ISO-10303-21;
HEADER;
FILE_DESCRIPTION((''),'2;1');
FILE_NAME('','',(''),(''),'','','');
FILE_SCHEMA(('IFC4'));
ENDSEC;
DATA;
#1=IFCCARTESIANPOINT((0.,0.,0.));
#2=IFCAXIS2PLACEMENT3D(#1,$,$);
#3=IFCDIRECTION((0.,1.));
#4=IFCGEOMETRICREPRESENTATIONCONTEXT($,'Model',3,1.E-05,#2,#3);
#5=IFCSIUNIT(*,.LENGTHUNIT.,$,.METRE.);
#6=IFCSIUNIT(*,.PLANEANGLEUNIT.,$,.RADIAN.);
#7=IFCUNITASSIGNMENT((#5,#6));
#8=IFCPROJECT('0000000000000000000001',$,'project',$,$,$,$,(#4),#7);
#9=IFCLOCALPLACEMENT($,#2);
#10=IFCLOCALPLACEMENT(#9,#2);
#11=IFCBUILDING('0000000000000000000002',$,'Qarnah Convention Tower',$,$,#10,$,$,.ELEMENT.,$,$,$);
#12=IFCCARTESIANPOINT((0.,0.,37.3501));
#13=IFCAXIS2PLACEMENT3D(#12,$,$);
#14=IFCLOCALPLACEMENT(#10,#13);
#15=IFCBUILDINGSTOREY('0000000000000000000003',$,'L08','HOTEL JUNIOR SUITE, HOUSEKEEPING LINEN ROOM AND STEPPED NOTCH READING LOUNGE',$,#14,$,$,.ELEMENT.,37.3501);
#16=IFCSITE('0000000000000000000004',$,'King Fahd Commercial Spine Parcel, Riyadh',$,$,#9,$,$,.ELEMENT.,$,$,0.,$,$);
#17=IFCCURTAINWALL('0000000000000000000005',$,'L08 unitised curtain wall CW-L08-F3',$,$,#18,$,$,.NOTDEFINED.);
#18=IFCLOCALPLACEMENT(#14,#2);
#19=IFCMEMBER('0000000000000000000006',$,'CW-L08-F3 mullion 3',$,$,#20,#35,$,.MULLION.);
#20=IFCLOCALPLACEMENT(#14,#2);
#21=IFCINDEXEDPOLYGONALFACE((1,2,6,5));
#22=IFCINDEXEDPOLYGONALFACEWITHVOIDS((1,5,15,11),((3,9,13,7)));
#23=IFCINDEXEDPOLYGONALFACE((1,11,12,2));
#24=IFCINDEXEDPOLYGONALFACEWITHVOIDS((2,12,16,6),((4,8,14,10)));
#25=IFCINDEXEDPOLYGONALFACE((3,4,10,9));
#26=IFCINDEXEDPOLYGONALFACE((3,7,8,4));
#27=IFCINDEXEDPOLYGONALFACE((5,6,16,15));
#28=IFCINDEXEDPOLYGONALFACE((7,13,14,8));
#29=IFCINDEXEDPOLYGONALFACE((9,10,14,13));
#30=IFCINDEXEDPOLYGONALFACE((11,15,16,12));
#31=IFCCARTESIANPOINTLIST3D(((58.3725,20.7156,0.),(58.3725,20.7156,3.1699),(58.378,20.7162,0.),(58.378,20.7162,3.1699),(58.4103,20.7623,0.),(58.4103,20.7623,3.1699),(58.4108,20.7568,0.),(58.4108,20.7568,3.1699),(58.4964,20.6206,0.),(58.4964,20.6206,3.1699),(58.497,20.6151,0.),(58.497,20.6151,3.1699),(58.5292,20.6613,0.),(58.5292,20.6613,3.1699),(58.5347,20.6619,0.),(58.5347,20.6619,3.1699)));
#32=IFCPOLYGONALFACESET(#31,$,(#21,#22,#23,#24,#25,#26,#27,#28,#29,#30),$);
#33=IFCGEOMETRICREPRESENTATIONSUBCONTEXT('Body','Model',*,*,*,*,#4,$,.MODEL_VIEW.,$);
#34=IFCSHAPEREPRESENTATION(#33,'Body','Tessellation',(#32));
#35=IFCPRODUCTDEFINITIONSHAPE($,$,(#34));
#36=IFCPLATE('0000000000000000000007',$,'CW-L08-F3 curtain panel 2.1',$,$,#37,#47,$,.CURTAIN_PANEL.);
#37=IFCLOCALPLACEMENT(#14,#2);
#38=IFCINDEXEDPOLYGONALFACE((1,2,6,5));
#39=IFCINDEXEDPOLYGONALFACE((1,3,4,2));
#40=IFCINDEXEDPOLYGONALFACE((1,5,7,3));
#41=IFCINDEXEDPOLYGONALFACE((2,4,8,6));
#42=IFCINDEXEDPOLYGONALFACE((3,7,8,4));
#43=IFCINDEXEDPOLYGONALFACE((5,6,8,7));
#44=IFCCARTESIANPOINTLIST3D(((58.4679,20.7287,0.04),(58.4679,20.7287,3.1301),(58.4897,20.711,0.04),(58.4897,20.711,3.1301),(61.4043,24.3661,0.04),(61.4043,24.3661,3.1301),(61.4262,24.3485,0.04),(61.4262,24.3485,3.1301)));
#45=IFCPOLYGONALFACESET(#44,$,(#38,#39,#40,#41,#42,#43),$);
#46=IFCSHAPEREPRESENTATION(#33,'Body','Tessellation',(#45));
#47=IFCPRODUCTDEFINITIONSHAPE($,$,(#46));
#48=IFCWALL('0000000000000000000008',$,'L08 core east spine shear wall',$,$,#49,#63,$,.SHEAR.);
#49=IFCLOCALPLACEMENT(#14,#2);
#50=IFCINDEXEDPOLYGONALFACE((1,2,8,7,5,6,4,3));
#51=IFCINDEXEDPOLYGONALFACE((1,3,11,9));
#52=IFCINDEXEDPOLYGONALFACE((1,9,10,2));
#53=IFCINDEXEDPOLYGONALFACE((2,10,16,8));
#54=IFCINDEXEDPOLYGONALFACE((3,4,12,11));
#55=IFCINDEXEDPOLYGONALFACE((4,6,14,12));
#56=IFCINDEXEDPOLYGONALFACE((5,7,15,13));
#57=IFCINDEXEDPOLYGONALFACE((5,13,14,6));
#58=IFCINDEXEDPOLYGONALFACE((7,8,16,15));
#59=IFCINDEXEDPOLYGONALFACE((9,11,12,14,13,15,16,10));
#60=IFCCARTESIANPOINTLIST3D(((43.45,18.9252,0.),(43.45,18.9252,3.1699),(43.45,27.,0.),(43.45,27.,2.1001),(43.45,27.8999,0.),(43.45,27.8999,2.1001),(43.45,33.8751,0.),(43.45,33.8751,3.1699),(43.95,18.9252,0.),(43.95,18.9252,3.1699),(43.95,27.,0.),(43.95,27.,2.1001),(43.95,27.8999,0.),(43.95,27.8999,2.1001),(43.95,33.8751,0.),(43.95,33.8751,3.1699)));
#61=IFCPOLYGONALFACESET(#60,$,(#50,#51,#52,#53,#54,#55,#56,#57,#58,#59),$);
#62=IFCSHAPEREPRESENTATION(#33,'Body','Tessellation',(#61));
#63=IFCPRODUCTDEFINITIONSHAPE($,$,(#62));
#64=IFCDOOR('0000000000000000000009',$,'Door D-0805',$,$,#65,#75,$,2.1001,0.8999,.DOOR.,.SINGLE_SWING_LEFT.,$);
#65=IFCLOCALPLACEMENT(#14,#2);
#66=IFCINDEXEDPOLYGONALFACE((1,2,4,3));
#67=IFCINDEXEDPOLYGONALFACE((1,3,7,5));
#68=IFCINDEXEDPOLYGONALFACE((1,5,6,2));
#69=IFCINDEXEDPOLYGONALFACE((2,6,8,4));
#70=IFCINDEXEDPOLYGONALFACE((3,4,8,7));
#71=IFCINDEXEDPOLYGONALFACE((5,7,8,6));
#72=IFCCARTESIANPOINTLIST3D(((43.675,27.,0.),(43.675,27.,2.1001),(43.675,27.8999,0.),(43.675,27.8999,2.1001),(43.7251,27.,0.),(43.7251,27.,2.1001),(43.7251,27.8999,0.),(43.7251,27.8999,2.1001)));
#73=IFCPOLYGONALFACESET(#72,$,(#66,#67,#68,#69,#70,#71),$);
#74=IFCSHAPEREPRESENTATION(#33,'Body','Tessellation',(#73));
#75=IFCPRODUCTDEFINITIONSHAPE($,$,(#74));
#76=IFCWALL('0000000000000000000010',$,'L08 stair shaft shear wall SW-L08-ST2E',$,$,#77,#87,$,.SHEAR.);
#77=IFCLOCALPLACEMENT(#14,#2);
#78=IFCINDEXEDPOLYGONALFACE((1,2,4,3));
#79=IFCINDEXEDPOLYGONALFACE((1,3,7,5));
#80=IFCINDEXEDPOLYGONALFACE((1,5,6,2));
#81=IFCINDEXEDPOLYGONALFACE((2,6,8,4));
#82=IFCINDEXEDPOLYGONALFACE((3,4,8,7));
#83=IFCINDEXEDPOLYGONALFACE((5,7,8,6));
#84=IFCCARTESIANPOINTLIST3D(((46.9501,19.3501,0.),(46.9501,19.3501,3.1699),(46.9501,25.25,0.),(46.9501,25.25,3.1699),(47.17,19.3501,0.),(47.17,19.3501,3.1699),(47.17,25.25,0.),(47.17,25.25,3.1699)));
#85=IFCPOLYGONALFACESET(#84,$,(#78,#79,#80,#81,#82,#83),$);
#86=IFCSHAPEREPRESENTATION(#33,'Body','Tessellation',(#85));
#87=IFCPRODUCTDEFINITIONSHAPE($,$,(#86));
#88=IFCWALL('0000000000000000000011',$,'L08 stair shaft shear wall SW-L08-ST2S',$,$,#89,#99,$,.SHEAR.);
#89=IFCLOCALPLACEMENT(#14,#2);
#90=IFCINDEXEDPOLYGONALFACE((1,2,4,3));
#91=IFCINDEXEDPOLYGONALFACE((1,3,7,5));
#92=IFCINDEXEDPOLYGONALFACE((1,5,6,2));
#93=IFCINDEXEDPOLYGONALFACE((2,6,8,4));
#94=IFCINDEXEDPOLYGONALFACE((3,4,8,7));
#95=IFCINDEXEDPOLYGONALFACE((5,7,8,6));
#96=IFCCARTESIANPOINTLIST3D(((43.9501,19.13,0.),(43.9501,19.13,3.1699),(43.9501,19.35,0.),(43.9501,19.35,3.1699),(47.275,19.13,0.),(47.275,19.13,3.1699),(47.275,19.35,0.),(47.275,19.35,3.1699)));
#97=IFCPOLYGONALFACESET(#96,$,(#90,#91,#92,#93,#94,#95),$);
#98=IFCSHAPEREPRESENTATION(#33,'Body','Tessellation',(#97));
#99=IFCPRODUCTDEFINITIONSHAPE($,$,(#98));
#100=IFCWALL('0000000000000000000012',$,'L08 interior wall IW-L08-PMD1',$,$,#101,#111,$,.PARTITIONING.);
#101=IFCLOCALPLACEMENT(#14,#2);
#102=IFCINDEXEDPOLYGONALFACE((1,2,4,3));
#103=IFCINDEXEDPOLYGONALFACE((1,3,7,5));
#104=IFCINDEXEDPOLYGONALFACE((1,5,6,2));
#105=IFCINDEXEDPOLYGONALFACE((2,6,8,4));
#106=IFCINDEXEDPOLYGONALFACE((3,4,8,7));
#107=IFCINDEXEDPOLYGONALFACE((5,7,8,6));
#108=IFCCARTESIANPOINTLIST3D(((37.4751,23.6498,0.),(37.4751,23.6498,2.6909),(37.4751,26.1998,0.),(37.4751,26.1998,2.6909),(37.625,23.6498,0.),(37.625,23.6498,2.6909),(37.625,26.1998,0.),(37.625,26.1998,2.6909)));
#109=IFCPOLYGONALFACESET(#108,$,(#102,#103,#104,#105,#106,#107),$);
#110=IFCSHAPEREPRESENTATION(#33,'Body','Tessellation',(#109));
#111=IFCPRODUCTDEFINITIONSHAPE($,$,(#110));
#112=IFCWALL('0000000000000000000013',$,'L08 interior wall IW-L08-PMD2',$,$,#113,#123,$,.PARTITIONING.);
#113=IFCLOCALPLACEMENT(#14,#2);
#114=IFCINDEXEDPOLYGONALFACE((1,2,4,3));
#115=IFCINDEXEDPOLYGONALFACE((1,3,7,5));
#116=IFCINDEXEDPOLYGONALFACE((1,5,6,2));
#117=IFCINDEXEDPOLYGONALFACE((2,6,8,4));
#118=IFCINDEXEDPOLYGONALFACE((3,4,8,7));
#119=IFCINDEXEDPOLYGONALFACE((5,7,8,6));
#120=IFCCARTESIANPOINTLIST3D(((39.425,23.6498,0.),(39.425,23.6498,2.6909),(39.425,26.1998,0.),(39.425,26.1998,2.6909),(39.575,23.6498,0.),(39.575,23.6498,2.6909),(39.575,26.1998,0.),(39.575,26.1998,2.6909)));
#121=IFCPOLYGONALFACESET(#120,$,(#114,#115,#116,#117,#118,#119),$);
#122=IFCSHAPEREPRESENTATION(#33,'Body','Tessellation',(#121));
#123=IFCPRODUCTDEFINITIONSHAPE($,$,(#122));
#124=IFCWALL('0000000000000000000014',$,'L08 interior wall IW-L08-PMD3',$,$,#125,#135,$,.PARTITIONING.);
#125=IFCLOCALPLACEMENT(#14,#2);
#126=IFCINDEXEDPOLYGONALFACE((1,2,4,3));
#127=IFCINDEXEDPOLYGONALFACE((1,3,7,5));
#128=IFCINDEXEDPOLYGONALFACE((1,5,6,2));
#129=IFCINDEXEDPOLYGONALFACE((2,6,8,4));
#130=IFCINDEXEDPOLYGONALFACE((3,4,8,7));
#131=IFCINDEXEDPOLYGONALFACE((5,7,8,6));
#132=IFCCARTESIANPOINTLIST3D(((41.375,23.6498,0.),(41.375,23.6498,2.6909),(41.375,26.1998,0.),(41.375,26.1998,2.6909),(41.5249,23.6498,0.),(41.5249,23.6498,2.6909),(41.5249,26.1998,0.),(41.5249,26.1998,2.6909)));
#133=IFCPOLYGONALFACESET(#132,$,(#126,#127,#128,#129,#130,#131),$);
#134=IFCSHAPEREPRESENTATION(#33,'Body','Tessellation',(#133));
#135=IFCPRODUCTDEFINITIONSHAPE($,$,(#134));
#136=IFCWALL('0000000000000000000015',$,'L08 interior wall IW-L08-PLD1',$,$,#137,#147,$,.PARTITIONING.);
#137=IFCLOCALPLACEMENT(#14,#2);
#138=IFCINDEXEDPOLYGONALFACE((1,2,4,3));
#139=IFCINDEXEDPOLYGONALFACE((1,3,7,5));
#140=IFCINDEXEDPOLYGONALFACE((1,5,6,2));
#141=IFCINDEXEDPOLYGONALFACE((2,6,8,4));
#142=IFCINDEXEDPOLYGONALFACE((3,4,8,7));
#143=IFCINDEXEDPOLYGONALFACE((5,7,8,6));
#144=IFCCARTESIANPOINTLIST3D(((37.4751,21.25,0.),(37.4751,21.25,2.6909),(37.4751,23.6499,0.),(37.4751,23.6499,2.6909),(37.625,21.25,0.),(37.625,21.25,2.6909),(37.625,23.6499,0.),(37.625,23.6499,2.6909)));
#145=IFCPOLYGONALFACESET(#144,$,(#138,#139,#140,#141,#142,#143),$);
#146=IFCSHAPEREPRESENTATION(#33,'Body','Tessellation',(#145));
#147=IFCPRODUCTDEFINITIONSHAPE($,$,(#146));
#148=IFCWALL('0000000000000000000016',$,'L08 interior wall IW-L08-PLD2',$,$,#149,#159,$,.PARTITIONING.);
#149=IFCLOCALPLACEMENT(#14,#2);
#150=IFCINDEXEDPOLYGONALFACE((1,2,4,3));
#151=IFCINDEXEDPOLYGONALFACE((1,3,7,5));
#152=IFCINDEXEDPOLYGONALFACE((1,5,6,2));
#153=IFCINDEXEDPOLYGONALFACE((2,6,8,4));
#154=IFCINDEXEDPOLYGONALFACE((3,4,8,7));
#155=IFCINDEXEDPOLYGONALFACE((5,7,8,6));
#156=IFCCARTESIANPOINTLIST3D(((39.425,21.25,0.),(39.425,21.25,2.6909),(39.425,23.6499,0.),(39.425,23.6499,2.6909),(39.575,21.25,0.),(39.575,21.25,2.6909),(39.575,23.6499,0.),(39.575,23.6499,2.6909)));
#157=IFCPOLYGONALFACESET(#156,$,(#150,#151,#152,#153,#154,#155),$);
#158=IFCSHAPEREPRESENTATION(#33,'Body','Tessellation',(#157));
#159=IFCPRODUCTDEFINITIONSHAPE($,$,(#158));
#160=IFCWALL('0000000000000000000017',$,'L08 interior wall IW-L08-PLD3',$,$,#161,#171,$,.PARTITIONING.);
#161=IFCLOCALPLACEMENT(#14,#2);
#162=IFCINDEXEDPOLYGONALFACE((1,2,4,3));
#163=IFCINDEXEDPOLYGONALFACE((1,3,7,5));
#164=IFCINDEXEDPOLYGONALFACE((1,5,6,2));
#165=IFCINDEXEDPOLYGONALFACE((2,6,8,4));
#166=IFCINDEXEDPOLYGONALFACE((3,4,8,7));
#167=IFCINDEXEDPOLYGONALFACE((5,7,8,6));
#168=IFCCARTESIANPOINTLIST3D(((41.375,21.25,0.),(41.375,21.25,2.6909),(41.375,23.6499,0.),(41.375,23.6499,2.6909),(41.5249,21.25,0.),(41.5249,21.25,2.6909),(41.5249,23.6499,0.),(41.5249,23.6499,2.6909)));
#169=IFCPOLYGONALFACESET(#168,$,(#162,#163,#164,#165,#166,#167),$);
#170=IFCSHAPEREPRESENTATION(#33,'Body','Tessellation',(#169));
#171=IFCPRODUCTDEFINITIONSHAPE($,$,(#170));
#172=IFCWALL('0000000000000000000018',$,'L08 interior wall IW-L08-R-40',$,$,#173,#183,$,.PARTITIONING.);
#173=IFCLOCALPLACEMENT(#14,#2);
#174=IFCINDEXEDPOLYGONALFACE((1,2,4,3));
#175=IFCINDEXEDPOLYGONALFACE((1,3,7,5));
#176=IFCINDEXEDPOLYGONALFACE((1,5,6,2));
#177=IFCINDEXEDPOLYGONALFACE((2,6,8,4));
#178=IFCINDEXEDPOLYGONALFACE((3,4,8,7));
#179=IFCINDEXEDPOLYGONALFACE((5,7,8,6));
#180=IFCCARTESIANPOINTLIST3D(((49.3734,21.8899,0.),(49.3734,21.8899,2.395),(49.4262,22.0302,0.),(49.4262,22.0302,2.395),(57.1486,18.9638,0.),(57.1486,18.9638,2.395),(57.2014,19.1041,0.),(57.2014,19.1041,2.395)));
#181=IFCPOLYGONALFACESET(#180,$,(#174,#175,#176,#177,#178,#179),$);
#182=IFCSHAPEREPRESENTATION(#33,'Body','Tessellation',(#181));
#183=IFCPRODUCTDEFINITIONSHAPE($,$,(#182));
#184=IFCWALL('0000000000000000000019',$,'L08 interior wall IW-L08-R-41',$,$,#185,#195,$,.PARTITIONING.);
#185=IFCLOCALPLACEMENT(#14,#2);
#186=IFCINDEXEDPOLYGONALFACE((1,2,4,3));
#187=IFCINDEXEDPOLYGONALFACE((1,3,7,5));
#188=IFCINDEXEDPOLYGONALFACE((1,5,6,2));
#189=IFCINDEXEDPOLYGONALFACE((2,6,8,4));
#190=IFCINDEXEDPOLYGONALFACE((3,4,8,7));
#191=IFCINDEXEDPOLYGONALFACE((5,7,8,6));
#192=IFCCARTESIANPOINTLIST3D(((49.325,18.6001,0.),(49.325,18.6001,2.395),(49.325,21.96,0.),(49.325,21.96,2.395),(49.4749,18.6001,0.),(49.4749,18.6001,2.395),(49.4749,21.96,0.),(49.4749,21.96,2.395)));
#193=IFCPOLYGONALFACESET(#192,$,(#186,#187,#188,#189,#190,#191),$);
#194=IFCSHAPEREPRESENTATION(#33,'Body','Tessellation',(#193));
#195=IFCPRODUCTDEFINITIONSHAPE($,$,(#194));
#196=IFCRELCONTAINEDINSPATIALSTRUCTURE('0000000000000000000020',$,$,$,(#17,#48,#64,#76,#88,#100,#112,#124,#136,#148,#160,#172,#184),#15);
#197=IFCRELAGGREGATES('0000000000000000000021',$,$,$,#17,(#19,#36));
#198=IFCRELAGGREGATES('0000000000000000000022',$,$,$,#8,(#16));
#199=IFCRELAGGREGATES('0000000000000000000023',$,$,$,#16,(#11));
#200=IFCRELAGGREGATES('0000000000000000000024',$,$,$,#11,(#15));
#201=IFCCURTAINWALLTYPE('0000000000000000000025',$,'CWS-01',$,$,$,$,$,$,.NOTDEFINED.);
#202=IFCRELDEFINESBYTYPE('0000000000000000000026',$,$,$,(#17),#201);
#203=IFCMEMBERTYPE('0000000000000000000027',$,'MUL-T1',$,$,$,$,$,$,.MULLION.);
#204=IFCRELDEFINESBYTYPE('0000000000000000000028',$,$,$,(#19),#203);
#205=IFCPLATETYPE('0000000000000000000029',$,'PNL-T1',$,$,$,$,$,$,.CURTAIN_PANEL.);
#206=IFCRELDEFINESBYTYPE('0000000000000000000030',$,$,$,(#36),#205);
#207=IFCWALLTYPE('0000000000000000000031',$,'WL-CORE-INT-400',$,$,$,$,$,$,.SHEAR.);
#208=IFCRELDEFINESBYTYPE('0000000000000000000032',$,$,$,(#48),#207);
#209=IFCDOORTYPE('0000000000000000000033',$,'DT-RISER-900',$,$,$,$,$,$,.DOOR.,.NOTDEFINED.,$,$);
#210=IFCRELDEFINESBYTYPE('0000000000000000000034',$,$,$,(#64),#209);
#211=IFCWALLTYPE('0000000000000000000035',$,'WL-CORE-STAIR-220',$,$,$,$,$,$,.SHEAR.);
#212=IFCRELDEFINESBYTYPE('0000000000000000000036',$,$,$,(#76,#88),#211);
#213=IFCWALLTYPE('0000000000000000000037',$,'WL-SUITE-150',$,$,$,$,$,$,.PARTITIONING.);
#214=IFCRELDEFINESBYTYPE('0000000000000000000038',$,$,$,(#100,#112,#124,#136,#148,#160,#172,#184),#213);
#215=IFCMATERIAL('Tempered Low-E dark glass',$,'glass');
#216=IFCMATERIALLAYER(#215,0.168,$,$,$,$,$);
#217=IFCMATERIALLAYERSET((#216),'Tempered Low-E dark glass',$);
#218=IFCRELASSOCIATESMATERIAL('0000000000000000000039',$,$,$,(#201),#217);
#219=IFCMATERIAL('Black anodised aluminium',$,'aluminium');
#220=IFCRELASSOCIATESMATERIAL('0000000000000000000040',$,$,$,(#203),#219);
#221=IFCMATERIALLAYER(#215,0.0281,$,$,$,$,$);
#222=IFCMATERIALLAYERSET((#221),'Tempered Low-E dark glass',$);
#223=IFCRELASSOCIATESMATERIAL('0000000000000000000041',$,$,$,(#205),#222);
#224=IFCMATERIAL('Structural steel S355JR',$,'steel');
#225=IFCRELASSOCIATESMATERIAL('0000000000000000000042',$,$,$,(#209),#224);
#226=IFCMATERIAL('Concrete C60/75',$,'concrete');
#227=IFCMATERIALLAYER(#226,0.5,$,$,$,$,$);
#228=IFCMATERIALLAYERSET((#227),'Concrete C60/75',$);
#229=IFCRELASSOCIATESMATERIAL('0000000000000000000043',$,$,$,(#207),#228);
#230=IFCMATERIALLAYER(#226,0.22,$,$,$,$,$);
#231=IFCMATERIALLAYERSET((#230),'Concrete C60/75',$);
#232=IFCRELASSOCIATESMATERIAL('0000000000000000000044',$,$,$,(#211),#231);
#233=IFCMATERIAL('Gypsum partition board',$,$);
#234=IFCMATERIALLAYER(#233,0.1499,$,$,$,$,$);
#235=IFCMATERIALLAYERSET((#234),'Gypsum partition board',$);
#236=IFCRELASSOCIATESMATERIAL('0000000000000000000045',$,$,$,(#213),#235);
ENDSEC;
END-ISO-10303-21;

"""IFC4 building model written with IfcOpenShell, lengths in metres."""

from ifc_helpers import new_model, si_unit, direction, frame, frame_2d, origin, origin_2d, place, context, subcontext, project, spatial, rectangle, hollow_rectangle, extrude, material, layer, layer_set, material_profile, profile_set, type_object, element, fill, aggregate, save


model = new_model("IFC4")

# Units and contexts
model_context = context("Model", 3, precision=1e-05, world=origin(), true_north=direction((0.0, 1.0)))
body_context = subcontext(model_context, "Body", "Model", "MODEL_VIEW")
ifc_project = project(units=[si_unit("LENGTHUNIT", "METRE"), si_unit("PLANEANGLEUNIT", "RADIAN")], contexts=[model_context])

# Site, building, storey
site_placement = place(None, origin())
site = spatial("IfcSite", under=ifc_project, at=site_placement, Name="King Fahd Commercial Spine Parcel, Riyadh", CompositionType="ELEMENT", RefElevation=0.0)
building_placement = place(site_placement, origin())
building = spatial("IfcBuilding", under=site, at=building_placement, Name="Qarnah Convention Tower", CompositionType="ELEMENT")
storey_placement = place(building_placement, frame((0.0, 0.0, 37.3501)))
storey = spatial("IfcBuildingStorey", under=building, at=storey_placement, Name="L08", Description="HOTEL JUNIOR SUITE, HOUSEKEEPING LINEN ROOM AND STEPPED NOTCH READING LOUNGE", CompositionType="ELEMENT", Elevation=37.3501)

# Shared definitions
ifc_material_1 = material(Name="Concrete C60/75", Category="concrete")
ifc_material_2 = material(Name="Structural steel S355JR", Category="steel")

# Curtain wall, member, plate
ifc_material_3 = material(Name="Tempered Low-E dark glass", Category="glass")
ifc_layer_1 = layer(ifc_material_3, 0.168)
ifc_layer_set_1 = layer_set([ifc_layer_1], Name="Tempered Low-E dark glass")
curtain_wall_type = type_object("IfcCurtainWallType", Name="CWS-01", PredefinedType="NOTDEFINED", material=ifc_layer_set_1)
curtain_wall_placement = place(storey_placement, origin())
curtain_wall = element("IfcCurtainWall", 1, at=curtain_wall_placement, inside=storey, type_object=curtain_wall_type, Name="L08 unitised curtain wall CW-L08-F3", PredefinedType="NOTDEFINED")
ifc_material_4 = material(Name="Black anodised aluminium", Category="aluminium")
ifc_material_profile_1 = material_profile(ifc_material_4, hollow_rectangle(XDim=0.0601, YDim=0.1599, WallThickness=0.0039, at=origin_2d()), Name="MUL-60X160")
ifc_profile_set_1 = profile_set([ifc_material_profile_1], Name="Black anodised aluminium")
member_type = type_object("IfcMemberType", Name="MUL-T1", PredefinedType="MULLION", material=ifc_profile_set_1)
member_1_placement = place(storey_placement, frame((58.4536, 20.6887, 0.0), z_axis=(0.0, 0.0, 1.0), x_axis=(-0.628143, -0.778098, 0.0)))
member_1 = element("IfcMember", 2, at=member_1_placement, type_object=member_type, Name="CW-L08-F3 mullion 3", PredefinedType="MULLION", context=body_context, shape_type="SweptSolid", body=[
    extrude(hollow_rectangle(XDim=0.0601, YDim=0.1599, WallThickness=0.0039, at=origin_2d()), origin(), (0.0, 0.0, 1.0), 3.1699),
])
ifc_layer_2 = layer(ifc_material_3, 0.0281)
ifc_layer_set_2 = layer_set([ifc_layer_2], Name="Tempered Low-E dark glass")
plate_type = type_object("IfcPlateType", Name="PNL-T1", PredefinedType="CURTAIN_PANEL", material=ifc_layer_set_2)
plate_placement = place(storey_placement, frame((59.947, 22.5386, 0.04), z_axis=(0.0, 0.0, 1.0), x_axis=(-0.628143, -0.778098, 0.0)))
plate = element("IfcPlate", 3, at=plate_placement, type_object=plate_type, Name="CW-L08-F3 curtain panel 2.1", PredefinedType="CURTAIN_PANEL", context=body_context, shape_type="SweptSolid", body=[
    extrude(rectangle(XDim=4.6748, YDim=0.0281, at=origin_2d()), origin(), (0.0, 0.0, 1.0), 3.0901),
])
aggregate(curtain_wall, [member_1, plate])

# Shared definitions
door_type_1 = type_object("IfcDoorType", Name="DT-RISER-900", OperationType="NOTDEFINED", PredefinedType="DOOR", material=ifc_material_2)

# Wall, opening, door
ifc_layer_3 = layer(ifc_material_1, 0.5)
ifc_layer_set_3 = layer_set([ifc_layer_3], Name="Concrete C60/75")
wall_type_1 = type_object("IfcWallType", Name="WL-CORE-INT-400", PredefinedType="SHEAR", material=ifc_layer_set_3)
wall_1_placement = place(storey_placement, frame((43.7, 18.925, 0.0), z_axis=(0.0, 0.0, 1.0), x_axis=(0.0, 1.0, 0.0)))
wall_1 = element("IfcWall", 4, at=wall_1_placement, inside=storey, type_object=wall_type_1, Name="L08 core east spine shear wall", PredefinedType="SHEAR", context=body_context, shape_type="SweptSolid", body=[
    extrude(rectangle(XDim=14.95, YDim=0.5, at=frame_2d((7.4751, 0.0))), origin(), (0.0, 0.0, 1.0), 3.1699),
])
opening_1_placement = place(wall_1_placement, frame((8.075, 0.0, 0.0)))
opening_1 = element("IfcOpeningElement", 5, at=opening_1_placement, cuts=wall_1, PredefinedType="OPENING", context=body_context, shape_type="SweptSolid", body=[
    extrude(rectangle(XDim=0.8999, YDim=2.1001, at=frame_2d((0.45, 1.05))), frame((0.0, 0.26, 0.0), z_axis=(0.0, -1.0, 0.0), x_axis=(1.0, 0.0, 0.0)), (0.0, 0.0, 1.0), 0.52),
])
door_1_placement = place(opening_1_placement, origin())
door_1 = element("IfcDoor", 6, at=door_1_placement, inside=storey, type_object=door_type_1, Name="Door D-0805", OperationType="SINGLE_SWING_LEFT", OverallHeight=2.1001, OverallWidth=0.8999, PredefinedType="DOOR", context=body_context, shape_type="SweptSolid", body=[
    extrude(rectangle(XDim=0.8999, YDim=2.1001, at=frame_2d((0.45, 1.05))), frame((0.0, 0.0249, 0.0), z_axis=(0.0, -1.0, 0.0), x_axis=(1.0, 0.0, 0.0)), (0.0, 0.0, 1.0), 0.05),
])
fill(opening_1, door_1)

# Walls
ifc_layer_4 = layer(ifc_material_1, 0.22)
ifc_layer_set_4 = layer_set([ifc_layer_4], Name="Concrete C60/75")
wall_type_2 = type_object("IfcWallType", Name="WL-CORE-STAIR-220", PredefinedType="SHEAR", material=ifc_layer_set_4)
wall_2_placement = place(storey_placement, frame((47.0601, 19.3501, 0.0), z_axis=(0.0, 0.0, 1.0), x_axis=(0.0, 1.0, 0.0)))
element("IfcWall", 7, at=wall_2_placement, inside=storey, type_object=wall_type_2, Name="L08 stair shaft shear wall SW-L08-ST2E", PredefinedType="SHEAR", context=body_context, shape_type="SweptSolid", body=[
    extrude(rectangle(XDim=5.8999, YDim=0.22, at=frame_2d((2.95, 0.0))), origin(), (0.0, 0.0, 1.0), 3.1699),
])
wall_3_placement = place(storey_placement, frame((43.95, 19.24, 0.0), z_axis=(0.0, 0.0, 1.0), x_axis=(1.0, 0.0, 0.0)))
element("IfcWall", 8, at=wall_3_placement, inside=storey, type_object=wall_type_2, Name="L08 stair shaft shear wall SW-L08-ST2S", PredefinedType="SHEAR", context=body_context, shape_type="SweptSolid", body=[
    extrude(rectangle(XDim=3.325, YDim=0.22, at=frame_2d((1.6626, 0.0))), origin(), (0.0, 0.0, 1.0), 3.1699),
])
ifc_material_5 = material(Name="Gypsum partition board")
ifc_layer_5 = layer(ifc_material_5, 0.1499)
ifc_layer_set_5 = layer_set([ifc_layer_5], Name="Gypsum partition board")
wall_type_3 = type_object("IfcWallType", Name="WL-SUITE-150", PredefinedType="PARTITIONING", material=ifc_layer_set_5)
for number, where, z_axis, x_axis, name in (
    (9, (37.55, 23.6499, 0.0), (0.0, 0.0, 1.0), (0.0, 1.0, 0.0), "L08 interior wall IW-L08-PMD1"),
    (10, (39.5, 23.6499, 0.0), (0.0, 0.0, 1.0), (0.0, 1.0, 0.0), "L08 interior wall IW-L08-PMD2"),
    (11, (41.45, 23.6499, 0.0), (0.0, 0.0, 1.0), (0.0, 1.0, 0.0), "L08 interior wall IW-L08-PMD3"),
):
    element("IfcWall", number, at=place(storey_placement, frame(where, z_axis=z_axis, x_axis=x_axis)), inside=storey, type_object=wall_type_3, Name=name, PredefinedType="PARTITIONING", context=body_context, shape_type="SweptSolid", body=[
        extrude(rectangle(XDim=2.55, YDim=0.1499, at=frame_2d((1.2749, 0.0))), origin(), (0.0, 0.0, 1.0), 2.6909),
    ])
for number, where, z_axis, x_axis, name in (
    (12, (37.55, 21.25, 0.0), (0.0, 0.0, 1.0), (0.0, 1.0, 0.0), "L08 interior wall IW-L08-PLD1"),
    (13, (39.5, 21.25, 0.0), (0.0, 0.0, 1.0), (0.0, 1.0, 0.0), "L08 interior wall IW-L08-PLD2"),
    (14, (41.45, 21.25, 0.0), (0.0, 0.0, 1.0), (0.0, 1.0, 0.0), "L08 interior wall IW-L08-PLD3"),
):
    element("IfcWall", number, at=place(storey_placement, frame(where, z_axis=z_axis, x_axis=x_axis)), inside=storey, type_object=wall_type_3, Name=name, PredefinedType="PARTITIONING", context=body_context, shape_type="SweptSolid", body=[
        extrude(rectangle(XDim=2.3999, YDim=0.1499, at=frame_2d((1.2, 0.0))), origin(), (0.0, 0.0, 1.0), 2.6909),
    ])
wall_4_placement = place(storey_placement, frame((57.175, 19.0339, 0.0), z_axis=(0.0, 0.0, 1.0), x_axis=(-0.935919, 0.352215, 0.0)))
element("IfcWall", 15, at=wall_4_placement, inside=storey, type_object=wall_type_3, Name="L08 interior wall IW-L08-R-40", PredefinedType="PARTITIONING", context=body_context, shape_type="SweptSolid", body=[
    extrude(rectangle(XDim=8.3076, YDim=0.1499, at=frame_2d((4.1538, 0.0))), origin(), (0.0, 0.0, 1.0), 2.395),
])
wall_5_placement = place(storey_placement, frame((49.3999, 21.96, 0.0), z_axis=(0.0, 0.0, 1.0), x_axis=(0.0, -1.0, 0.0)))
element("IfcWall", 16, at=wall_5_placement, inside=storey, type_object=wall_type_3, Name="L08 interior wall IW-L08-R-41", PredefinedType="PARTITIONING", context=body_context, shape_type="SweptSolid", body=[
    extrude(rectangle(XDim=3.3599, YDim=0.1499, at=frame_2d((1.6799, 0.0))), origin(), (0.0, 0.0, 1.0), 2.395),
])

save(model, "model.ifc")
